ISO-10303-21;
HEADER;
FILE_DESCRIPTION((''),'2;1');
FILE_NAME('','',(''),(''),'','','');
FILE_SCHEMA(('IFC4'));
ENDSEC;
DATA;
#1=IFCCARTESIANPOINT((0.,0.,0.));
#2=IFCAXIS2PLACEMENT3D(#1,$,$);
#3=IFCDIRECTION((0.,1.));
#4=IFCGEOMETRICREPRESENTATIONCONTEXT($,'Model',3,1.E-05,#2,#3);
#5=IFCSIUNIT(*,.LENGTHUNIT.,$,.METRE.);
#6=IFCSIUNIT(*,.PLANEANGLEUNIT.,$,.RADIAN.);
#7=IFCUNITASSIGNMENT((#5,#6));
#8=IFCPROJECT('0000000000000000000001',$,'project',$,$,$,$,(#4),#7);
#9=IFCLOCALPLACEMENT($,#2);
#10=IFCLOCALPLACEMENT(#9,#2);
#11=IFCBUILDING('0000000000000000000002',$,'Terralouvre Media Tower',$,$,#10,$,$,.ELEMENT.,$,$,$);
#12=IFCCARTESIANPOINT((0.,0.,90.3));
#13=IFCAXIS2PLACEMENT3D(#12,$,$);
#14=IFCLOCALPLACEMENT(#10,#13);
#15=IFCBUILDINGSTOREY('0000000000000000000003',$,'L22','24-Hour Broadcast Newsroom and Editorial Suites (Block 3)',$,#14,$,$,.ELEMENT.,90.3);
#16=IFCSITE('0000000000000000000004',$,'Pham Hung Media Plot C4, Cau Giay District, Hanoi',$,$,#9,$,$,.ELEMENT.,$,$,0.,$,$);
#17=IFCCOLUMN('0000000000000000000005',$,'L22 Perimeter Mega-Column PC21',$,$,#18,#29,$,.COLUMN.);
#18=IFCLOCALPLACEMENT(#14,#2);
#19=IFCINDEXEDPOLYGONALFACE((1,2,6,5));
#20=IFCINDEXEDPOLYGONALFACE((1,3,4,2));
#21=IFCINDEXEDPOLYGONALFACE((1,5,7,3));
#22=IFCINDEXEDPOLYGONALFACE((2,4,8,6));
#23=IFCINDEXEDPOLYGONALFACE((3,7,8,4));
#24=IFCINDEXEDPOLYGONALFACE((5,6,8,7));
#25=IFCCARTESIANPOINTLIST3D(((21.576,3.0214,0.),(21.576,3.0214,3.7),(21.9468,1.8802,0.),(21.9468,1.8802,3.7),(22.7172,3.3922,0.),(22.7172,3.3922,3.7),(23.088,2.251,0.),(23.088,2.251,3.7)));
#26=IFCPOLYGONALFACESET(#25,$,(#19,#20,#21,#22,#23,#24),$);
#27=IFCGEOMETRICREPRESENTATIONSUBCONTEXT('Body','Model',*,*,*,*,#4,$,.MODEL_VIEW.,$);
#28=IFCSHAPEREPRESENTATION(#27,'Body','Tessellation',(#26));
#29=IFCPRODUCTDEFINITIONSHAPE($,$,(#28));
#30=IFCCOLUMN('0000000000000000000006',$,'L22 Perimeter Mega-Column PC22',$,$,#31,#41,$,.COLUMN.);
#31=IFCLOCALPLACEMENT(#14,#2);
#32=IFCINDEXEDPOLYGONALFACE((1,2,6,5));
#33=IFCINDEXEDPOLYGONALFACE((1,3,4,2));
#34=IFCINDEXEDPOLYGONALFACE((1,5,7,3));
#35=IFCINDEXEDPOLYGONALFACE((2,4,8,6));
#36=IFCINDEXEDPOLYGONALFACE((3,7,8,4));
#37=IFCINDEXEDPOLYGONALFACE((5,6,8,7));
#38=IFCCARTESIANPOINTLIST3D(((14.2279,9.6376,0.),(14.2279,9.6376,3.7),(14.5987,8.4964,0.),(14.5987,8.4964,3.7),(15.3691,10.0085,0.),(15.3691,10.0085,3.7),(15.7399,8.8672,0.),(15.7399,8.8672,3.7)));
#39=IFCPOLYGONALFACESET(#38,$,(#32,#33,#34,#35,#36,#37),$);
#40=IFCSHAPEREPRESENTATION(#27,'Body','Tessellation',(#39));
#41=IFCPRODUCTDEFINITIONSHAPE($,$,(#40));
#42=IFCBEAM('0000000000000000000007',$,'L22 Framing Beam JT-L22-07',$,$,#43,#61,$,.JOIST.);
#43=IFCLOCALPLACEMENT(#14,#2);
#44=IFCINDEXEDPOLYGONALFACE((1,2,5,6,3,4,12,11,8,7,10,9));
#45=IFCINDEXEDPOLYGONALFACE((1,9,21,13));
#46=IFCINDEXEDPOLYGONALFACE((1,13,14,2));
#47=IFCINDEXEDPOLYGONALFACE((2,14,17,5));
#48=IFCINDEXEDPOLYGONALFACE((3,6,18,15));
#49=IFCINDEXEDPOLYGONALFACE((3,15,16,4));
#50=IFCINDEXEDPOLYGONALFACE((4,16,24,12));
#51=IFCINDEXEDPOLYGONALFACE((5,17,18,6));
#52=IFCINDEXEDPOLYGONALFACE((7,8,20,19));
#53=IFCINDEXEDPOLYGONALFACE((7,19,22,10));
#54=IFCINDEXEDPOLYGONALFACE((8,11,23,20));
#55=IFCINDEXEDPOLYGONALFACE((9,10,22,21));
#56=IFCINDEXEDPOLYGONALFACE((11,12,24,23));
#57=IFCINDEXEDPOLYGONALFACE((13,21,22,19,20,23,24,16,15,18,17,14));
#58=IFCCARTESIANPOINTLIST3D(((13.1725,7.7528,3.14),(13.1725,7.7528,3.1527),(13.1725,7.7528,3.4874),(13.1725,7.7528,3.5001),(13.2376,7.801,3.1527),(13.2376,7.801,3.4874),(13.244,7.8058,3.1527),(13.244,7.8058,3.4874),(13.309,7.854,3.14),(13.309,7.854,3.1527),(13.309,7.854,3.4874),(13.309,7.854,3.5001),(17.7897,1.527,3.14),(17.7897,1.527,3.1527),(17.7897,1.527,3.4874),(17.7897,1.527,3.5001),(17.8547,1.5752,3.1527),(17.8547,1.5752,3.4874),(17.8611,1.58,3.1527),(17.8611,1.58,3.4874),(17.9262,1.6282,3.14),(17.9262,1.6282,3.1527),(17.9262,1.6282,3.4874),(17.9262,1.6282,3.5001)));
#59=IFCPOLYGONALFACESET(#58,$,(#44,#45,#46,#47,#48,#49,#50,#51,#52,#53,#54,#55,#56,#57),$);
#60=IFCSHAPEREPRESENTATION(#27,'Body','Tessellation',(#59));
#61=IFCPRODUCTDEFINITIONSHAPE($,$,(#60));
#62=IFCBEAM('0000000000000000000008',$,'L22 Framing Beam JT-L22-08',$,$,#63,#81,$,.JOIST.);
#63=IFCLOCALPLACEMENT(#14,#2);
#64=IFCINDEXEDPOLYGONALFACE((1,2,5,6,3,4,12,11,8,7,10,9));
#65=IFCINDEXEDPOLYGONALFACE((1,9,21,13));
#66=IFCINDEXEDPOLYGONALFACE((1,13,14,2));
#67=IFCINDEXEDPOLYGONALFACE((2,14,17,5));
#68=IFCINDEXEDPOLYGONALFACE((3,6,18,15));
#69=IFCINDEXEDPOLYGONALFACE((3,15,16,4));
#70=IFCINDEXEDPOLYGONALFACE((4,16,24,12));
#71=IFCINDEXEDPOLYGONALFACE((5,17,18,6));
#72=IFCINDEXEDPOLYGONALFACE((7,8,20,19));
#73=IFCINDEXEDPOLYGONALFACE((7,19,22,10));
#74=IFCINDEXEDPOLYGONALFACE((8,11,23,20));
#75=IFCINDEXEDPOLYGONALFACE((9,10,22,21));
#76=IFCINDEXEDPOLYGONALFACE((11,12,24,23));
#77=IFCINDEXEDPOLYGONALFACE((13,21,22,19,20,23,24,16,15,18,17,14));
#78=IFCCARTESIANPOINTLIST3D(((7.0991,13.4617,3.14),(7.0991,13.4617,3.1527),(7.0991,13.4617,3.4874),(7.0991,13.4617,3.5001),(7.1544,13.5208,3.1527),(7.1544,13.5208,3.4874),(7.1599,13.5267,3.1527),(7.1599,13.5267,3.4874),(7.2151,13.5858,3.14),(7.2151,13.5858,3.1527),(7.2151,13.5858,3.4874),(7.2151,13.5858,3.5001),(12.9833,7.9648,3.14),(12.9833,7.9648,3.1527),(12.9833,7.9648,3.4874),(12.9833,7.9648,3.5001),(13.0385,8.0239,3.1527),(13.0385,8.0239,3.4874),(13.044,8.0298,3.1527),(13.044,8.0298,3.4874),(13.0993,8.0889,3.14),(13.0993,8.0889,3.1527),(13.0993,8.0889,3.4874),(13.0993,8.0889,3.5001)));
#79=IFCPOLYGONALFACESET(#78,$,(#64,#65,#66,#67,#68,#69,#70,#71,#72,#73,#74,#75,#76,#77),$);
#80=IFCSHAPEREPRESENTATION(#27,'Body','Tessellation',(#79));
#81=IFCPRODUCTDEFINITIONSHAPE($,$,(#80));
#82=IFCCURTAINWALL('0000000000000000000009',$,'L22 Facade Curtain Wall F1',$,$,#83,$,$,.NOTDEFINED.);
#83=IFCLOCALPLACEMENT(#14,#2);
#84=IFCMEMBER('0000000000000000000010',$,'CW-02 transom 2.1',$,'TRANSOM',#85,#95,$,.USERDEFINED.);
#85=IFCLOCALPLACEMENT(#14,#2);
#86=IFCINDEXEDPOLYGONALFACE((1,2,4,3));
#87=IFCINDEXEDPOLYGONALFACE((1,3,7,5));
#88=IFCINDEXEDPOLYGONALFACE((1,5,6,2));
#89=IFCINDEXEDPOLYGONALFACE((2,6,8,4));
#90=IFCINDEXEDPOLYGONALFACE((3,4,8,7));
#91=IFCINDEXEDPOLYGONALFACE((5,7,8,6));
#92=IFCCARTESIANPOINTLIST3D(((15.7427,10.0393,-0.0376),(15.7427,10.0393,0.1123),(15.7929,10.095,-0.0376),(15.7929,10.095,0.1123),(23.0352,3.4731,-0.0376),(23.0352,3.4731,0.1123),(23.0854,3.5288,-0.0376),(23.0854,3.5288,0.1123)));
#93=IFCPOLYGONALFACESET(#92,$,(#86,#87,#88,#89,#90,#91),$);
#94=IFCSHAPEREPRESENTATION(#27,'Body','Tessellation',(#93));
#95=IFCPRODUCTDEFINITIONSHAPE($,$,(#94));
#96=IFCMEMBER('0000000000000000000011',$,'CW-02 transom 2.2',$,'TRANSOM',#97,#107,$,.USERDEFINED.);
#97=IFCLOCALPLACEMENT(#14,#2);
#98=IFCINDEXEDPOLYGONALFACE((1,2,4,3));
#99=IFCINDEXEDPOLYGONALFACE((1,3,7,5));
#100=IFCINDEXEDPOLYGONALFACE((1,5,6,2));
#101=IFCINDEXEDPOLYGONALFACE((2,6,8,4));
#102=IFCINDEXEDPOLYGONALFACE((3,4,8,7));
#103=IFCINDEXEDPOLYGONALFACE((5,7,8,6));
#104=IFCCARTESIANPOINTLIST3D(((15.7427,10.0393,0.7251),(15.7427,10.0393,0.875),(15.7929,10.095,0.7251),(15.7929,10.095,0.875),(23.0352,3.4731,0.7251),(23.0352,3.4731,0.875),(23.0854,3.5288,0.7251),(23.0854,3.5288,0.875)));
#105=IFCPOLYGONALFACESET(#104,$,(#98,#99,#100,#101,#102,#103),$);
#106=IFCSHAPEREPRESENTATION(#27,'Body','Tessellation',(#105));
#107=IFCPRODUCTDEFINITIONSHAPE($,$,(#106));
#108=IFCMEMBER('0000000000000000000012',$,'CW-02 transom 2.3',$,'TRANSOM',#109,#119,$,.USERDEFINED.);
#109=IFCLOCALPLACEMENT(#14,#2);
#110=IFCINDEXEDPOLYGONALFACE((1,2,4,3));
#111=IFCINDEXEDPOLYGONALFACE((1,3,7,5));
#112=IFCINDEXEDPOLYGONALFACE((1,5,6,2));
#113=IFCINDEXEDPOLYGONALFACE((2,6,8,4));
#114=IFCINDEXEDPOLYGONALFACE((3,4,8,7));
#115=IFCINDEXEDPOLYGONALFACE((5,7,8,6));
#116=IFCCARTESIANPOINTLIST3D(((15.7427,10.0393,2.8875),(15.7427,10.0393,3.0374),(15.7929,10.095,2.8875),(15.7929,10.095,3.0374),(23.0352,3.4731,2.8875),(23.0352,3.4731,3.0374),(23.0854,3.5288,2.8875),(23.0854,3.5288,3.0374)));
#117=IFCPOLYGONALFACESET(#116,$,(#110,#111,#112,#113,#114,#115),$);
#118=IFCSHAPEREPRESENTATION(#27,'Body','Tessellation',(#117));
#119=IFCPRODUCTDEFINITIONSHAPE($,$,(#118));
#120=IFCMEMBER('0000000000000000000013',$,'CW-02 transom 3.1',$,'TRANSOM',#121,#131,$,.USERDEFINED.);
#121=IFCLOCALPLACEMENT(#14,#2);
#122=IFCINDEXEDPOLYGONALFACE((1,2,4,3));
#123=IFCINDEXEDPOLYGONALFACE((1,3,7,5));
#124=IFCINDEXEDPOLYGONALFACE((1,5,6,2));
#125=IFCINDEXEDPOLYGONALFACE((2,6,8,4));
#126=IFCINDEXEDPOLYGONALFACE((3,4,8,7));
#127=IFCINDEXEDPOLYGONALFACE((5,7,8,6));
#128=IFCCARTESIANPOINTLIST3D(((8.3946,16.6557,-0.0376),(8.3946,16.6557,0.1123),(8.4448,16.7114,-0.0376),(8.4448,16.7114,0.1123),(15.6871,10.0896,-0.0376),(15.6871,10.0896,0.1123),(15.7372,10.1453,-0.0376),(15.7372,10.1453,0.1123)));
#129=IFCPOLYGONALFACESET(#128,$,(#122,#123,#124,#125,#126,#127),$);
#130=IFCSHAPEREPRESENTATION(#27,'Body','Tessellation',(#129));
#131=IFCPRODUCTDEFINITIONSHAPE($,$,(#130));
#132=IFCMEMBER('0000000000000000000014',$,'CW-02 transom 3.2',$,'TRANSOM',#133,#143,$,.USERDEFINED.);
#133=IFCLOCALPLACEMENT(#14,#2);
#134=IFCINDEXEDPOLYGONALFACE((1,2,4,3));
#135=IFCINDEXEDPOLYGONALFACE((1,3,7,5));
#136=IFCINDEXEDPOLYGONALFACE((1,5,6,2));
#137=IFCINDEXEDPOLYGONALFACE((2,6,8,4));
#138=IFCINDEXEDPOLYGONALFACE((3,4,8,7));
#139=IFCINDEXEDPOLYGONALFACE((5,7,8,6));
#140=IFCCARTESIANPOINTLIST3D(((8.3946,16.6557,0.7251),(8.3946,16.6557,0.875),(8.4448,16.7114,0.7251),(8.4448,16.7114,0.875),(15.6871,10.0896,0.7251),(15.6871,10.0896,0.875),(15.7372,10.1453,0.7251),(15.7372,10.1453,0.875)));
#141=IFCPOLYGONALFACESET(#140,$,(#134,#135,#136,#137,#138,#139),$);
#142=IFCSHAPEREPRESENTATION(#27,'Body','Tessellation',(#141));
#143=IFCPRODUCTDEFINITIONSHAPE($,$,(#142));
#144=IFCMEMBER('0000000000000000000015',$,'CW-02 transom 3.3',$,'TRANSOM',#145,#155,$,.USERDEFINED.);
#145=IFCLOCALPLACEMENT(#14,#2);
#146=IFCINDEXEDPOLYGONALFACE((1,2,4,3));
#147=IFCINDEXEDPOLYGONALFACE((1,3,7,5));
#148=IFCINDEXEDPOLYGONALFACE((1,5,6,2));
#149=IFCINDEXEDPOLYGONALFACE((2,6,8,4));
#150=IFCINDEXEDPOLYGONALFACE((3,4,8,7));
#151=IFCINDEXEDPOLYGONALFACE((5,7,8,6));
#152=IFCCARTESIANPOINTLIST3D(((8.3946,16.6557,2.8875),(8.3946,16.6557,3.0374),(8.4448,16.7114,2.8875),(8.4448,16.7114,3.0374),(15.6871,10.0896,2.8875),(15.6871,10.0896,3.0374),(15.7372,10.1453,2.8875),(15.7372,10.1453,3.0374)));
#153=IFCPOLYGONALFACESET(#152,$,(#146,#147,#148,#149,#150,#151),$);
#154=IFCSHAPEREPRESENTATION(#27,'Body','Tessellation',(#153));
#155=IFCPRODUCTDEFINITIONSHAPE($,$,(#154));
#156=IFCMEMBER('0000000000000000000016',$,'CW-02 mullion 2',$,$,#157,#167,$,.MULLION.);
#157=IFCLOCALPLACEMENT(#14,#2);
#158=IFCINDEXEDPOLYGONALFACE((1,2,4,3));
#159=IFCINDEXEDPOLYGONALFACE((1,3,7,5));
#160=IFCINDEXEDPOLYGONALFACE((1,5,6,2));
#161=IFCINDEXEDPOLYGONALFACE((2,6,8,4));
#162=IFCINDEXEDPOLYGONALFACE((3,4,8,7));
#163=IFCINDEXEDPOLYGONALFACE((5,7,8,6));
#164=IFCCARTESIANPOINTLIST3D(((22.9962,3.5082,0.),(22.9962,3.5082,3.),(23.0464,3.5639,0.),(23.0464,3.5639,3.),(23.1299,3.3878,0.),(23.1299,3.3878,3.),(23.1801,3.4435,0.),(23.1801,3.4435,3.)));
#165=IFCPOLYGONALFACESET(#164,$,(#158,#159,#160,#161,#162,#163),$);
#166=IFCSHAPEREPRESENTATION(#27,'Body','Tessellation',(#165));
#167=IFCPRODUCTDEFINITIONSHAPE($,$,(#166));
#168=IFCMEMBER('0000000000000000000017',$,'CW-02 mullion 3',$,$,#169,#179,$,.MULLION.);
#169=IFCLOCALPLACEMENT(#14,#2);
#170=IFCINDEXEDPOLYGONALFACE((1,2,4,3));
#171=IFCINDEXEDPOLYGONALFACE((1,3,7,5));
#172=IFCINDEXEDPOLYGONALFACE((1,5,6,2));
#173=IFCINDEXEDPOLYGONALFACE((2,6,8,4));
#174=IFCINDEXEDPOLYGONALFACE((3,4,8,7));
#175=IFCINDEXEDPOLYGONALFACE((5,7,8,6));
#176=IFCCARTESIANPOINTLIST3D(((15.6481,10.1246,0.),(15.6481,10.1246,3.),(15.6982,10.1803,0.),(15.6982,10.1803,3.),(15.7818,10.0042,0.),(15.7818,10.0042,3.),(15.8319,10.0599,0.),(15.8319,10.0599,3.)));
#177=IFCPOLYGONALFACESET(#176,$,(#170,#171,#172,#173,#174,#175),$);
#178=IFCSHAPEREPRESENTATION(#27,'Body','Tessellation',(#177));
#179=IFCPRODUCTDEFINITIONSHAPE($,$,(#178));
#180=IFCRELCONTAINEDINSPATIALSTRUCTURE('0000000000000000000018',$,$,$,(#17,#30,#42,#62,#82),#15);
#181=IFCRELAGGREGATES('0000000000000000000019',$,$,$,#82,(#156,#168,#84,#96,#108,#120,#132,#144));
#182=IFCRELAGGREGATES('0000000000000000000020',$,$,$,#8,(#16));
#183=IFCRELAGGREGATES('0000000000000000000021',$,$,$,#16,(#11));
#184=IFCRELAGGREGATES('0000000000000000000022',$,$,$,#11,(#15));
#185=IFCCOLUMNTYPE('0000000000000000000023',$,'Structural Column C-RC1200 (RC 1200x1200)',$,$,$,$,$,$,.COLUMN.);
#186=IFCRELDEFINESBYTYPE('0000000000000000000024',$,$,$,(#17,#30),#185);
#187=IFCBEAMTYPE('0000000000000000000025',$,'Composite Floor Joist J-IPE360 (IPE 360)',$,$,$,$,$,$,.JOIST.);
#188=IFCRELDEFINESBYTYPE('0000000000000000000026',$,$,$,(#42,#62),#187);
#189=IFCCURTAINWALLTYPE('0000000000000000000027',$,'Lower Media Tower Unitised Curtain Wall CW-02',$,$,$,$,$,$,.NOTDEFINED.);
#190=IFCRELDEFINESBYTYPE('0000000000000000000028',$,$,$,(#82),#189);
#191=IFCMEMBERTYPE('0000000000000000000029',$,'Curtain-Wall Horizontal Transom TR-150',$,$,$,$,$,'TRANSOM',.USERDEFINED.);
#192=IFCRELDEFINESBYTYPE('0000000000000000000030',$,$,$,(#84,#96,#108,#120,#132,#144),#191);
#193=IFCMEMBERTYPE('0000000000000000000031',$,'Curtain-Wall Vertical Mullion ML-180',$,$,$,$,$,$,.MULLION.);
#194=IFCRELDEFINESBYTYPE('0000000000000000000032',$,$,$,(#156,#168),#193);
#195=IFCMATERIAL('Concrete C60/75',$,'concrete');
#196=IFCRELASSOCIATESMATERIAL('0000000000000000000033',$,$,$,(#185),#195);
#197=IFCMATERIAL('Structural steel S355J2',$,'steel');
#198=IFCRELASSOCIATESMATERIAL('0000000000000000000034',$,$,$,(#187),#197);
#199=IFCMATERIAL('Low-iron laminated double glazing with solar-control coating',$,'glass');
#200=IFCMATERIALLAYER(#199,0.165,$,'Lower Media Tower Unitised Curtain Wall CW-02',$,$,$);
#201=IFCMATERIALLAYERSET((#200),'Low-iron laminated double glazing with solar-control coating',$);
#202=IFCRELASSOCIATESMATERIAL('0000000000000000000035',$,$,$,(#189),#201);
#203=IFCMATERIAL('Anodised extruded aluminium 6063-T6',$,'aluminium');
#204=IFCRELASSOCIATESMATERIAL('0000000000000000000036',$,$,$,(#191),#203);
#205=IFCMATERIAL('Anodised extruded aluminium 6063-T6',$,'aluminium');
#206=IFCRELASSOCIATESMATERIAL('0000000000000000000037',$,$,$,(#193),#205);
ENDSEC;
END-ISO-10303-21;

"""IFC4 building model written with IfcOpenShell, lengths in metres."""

from ifc_helpers import new_model, si_unit, direction, frame, origin, origin_2d, place, context, subcontext, project, spatial, rectangle, i_section, extrude, material, layer, layer_set, material_profile, profile_set, type_object, element, aggregate, save


model = new_model("IFC4")

# Units and contexts
model_context = context("Model", 3, precision=1e-05, world=origin(), true_north=direction((0.0, 1.0)))
body_context = subcontext(model_context, "Body", "Model", "MODEL_VIEW")
ifc_project = project(units=[si_unit("LENGTHUNIT", "METRE"), si_unit("PLANEANGLEUNIT", "RADIAN")], contexts=[model_context])

# Site, building, storey
site_placement = place(None, origin())
site = spatial("IfcSite", under=ifc_project, at=site_placement, Name="Pham Hung Media Plot C4, Cau Giay District, Hanoi", CompositionType="ELEMENT", RefElevation=0.0)
building_placement = place(site_placement, origin())
building = spatial("IfcBuilding", under=site, at=building_placement, Name="Terralouvre Media Tower", CompositionType="ELEMENT")
storey_placement = place(building_placement, frame((0.0, 0.0, 90.3)))
storey = spatial("IfcBuildingStorey", under=building, at=storey_placement, Name="L22", Description="24-Hour Broadcast Newsroom and Editorial Suites (Block 3)", CompositionType="ELEMENT", Elevation=90.3)

# Columns
ifc_material_1 = material(Name="Concrete C60/75", Category="concrete")
ifc_material_profile_1 = material_profile(ifc_material_1, rectangle(XDim=1.2, YDim=1.2, at=origin_2d()), Name="RC 1200x1200")
ifc_profile_set_1 = profile_set([ifc_material_profile_1], Name="Concrete C60/75")
column_type = type_object("IfcColumnType", Name="Structural Column C-RC1200 (RC 1200x1200)", PredefinedType="COLUMN", material=ifc_profile_set_1)
for number, where, z_axis, x_axis, name in (
    (1, (22.332, 2.6362, 0.0), (0.0, 0.0, 1.0), (0.951057, 0.309017, 0.0), "L22 Perimeter Mega-Column PC21"),
    (2, (14.9839, 9.2524, 0.0), (0.0, 0.0, 1.0), (0.951057, 0.309017, 0.0), "L22 Perimeter Mega-Column PC22"),
):
    element("IfcColumn", number, at=place(storey_placement, frame(where, z_axis=z_axis, x_axis=x_axis)), inside=storey, type_object=column_type, Name=name, PredefinedType="COLUMN", context=body_context, shape_type="SweptSolid", body=[
        extrude(rectangle(XDim=1.2, YDim=1.2, at=origin_2d()), origin(), (0.0, 0.0, 1.0), 3.7),
    ])

# Beams
ifc_material_2 = material(Name="Structural steel S355J2", Category="steel")
ifc_material_profile_2 = material_profile(ifc_material_2, i_section(OverallWidth=0.1699, OverallDepth=0.3601, WebThickness=0.0081, FlangeThickness=0.0127, at=origin_2d()), Name="IPE 360")
ifc_profile_set_2 = profile_set([ifc_material_profile_2], Name="Structural steel S355J2")
beam_type_1 = type_object("IfcBeamType", Name="Composite Floor Joist J-IPE360 (IPE 360)", PredefinedType="JOIST", material=ifc_profile_set_2)
beam_1_placement = place(storey_placement, frame((17.8579, 1.5776, 3.3201), z_axis=(-0.595682, 0.80322, 0.0), x_axis=(-0.80322, -0.595682, 0.0)))
element("IfcBeam", 3, at=beam_1_placement, inside=storey, type_object=beam_type_1, Name="L22 Framing Beam JT-L22-07", PredefinedType="JOIST", context=body_context, shape_type="SweptSolid", body=[
    extrude(i_section(OverallWidth=0.1699, OverallDepth=0.3601, WebThickness=0.0081, FlangeThickness=0.0127, at=origin_2d()), origin(), (0.0, 0.0, 1.0), 7.751),
])
beam_2_placement = place(storey_placement, frame((13.0413, 8.0269, 3.3201), z_axis=(-0.730742, 0.682654, 0.0), x_axis=(-0.682654, -0.730742, 0.0)))
element("IfcBeam", 4, at=beam_2_placement, inside=storey, type_object=beam_type_1, Name="L22 Framing Beam JT-L22-08", PredefinedType="JOIST", context=body_context, shape_type="SweptSolid", body=[
    extrude(i_section(OverallWidth=0.1699, OverallDepth=0.3601, WebThickness=0.0081, FlangeThickness=0.0127, at=origin_2d()), origin(), (0.0, 0.0, 1.0), 8.0522),
])

# Curtain wall, members
ifc_material_3 = material(Name="Low-iron laminated double glazing with solar-control coating", Category="glass")
ifc_layer_1 = layer(ifc_material_3, 0.165, Name="Lower Media Tower Unitised Curtain Wall CW-02")
ifc_layer_set_1 = layer_set([ifc_layer_1], Name="Low-iron laminated double glazing with solar-control coating")
curtain_wall_type = type_object("IfcCurtainWallType", Name="Lower Media Tower Unitised Curtain Wall CW-02", PredefinedType="NOTDEFINED", material=ifc_layer_set_1)
curtain_wall_placement = place(storey_placement, origin())
curtain_wall = element("IfcCurtainWall", 5, at=curtain_wall_placement, inside=storey, type_object=curtain_wall_type, Name="L22 Facade Curtain Wall F1", PredefinedType="NOTDEFINED")
ifc_material_4 = material(Name="Anodised extruded aluminium 6063-T6", Category="aluminium")
ifc_material_profile_3 = material_profile(ifc_material_4, rectangle(XDim=0.075, YDim=0.1499, at=origin_2d()), Name="ALU 75x150")
ifc_profile_set_3 = profile_set([ifc_material_profile_3], Name="Anodised extruded aluminium 6063-T6")
member_type_1 = type_object("IfcMemberType", Name="Curtain-Wall Horizontal Transom TR-150", ElementType="TRANSOM", PredefinedType="USERDEFINED", material=ifc_profile_set_3)
member_1_placement = place(storey_placement, frame((23.0603, 3.501, 0.0374), z_axis=(-0.743146, 0.66913, 0.0), x_axis=(-0.66913, -0.743146, 0.0)))
member_1 = element("IfcMember", 6, at=member_1_placement, type_object=member_type_1, Name="CW-02 transom 2.1", ObjectType="TRANSOM", PredefinedType="USERDEFINED", context=body_context, shape_type="SweptSolid", body=[
    extrude(rectangle(XDim=0.075, YDim=0.1499, at=origin_2d()), origin(), (0.0, 0.0, 1.0), 9.813),
])
member_2_placement = place(storey_placement, frame((23.0603, 3.501, 0.8), z_axis=(-0.743146, 0.66913, 0.0), x_axis=(-0.66913, -0.743146, 0.0)))
member_2 = element("IfcMember", 7, at=member_2_placement, type_object=member_type_1, Name="CW-02 transom 2.2", ObjectType="TRANSOM", PredefinedType="USERDEFINED", context=body_context, shape_type="SweptSolid", body=[
    extrude(rectangle(XDim=0.075, YDim=0.1499, at=origin_2d()), origin(), (0.0, 0.0, 1.0), 9.813),
])
member_3_placement = place(storey_placement, frame((23.0603, 3.501, 2.9624), z_axis=(-0.743146, 0.66913, 0.0), x_axis=(-0.66913, -0.743146, 0.0)))
member_3 = element("IfcMember", 8, at=member_3_placement, type_object=member_type_1, Name="CW-02 transom 2.3", ObjectType="TRANSOM", PredefinedType="USERDEFINED", context=body_context, shape_type="SweptSolid", body=[
    extrude(rectangle(XDim=0.075, YDim=0.1499, at=origin_2d()), origin(), (0.0, 0.0, 1.0), 9.813),
])
member_4_placement = place(storey_placement, frame((15.7122, 10.1174, 0.0374), z_axis=(-0.743146, 0.66913, 0.0), x_axis=(-0.66913, -0.743146, 0.0)))
member_4 = element("IfcMember", 9, at=member_4_placement, type_object=member_type_1, Name="CW-02 transom 3.1", ObjectType="TRANSOM", PredefinedType="USERDEFINED", context=body_context, shape_type="SweptSolid", body=[
    extrude(rectangle(XDim=0.075, YDim=0.1499, at=origin_2d()), origin(), (0.0, 0.0, 1.0), 9.813),
])
member_5_placement = place(storey_placement, frame((15.7122, 10.1174, 0.8), z_axis=(-0.743146, 0.66913, 0.0), x_axis=(-0.66913, -0.743146, 0.0)))
member_5 = element("IfcMember", 10, at=member_5_placement, type_object=member_type_1, Name="CW-02 transom 3.2", ObjectType="TRANSOM", PredefinedType="USERDEFINED", context=body_context, shape_type="SweptSolid", body=[
    extrude(rectangle(XDim=0.075, YDim=0.1499, at=origin_2d()), origin(), (0.0, 0.0, 1.0), 9.813),
])
member_6_placement = place(storey_placement, frame((15.7122, 10.1174, 2.9624), z_axis=(-0.743146, 0.66913, 0.0), x_axis=(-0.66913, -0.743146, 0.0)))
member_6 = element("IfcMember", 11, at=member_6_placement, type_object=member_type_1, Name="CW-02 transom 3.3", ObjectType="TRANSOM", PredefinedType="USERDEFINED", context=body_context, shape_type="SweptSolid", body=[
    extrude(rectangle(XDim=0.075, YDim=0.1499, at=origin_2d()), origin(), (0.0, 0.0, 1.0), 9.813),
])
ifc_material_5 = material(Name="Anodised extruded aluminium 6063-T6", Category="aluminium")
ifc_material_profile_4 = material_profile(ifc_material_5, rectangle(XDim=0.075, YDim=0.1799, at=origin_2d()), Name="ALU 75x180")
ifc_profile_set_4 = profile_set([ifc_material_profile_4], Name="Anodised extruded aluminium 6063-T6")
member_type_2 = type_object("IfcMemberType", Name="Curtain-Wall Vertical Mullion ML-180", PredefinedType="MULLION", material=ifc_profile_set_4)
member_7_placement = place(storey_placement, frame((23.0881, 3.4758, 0.0), z_axis=(0.0, 0.0, 1.0), x_axis=(-0.669131, -0.743145, 0.0)))
member_7 = element("IfcMember", 12, at=member_7_placement, type_object=member_type_2, Name="CW-02 mullion 2", PredefinedType="MULLION", context=body_context, shape_type="SweptSolid", body=[
    extrude(rectangle(XDim=0.075, YDim=0.1799, at=origin_2d()), origin(), (0.0, 0.0, 1.0), 3.0),
])
member_8_placement = place(storey_placement, frame((15.74, 10.0923, 0.0), z_axis=(0.0, 0.0, 1.0), x_axis=(-0.669131, -0.743145, 0.0)))
member_8 = element("IfcMember", 13, at=member_8_placement, type_object=member_type_2, Name="CW-02 mullion 3", PredefinedType="MULLION", context=body_context, shape_type="SweptSolid", body=[
    extrude(rectangle(XDim=0.075, YDim=0.1799, at=origin_2d()), origin(), (0.0, 0.0, 1.0), 3.0),
])

aggregate(curtain_wall, [member_7, member_8, member_1, member_2, member_3, member_4, member_5, member_6])

save(model, "model.ifc")
